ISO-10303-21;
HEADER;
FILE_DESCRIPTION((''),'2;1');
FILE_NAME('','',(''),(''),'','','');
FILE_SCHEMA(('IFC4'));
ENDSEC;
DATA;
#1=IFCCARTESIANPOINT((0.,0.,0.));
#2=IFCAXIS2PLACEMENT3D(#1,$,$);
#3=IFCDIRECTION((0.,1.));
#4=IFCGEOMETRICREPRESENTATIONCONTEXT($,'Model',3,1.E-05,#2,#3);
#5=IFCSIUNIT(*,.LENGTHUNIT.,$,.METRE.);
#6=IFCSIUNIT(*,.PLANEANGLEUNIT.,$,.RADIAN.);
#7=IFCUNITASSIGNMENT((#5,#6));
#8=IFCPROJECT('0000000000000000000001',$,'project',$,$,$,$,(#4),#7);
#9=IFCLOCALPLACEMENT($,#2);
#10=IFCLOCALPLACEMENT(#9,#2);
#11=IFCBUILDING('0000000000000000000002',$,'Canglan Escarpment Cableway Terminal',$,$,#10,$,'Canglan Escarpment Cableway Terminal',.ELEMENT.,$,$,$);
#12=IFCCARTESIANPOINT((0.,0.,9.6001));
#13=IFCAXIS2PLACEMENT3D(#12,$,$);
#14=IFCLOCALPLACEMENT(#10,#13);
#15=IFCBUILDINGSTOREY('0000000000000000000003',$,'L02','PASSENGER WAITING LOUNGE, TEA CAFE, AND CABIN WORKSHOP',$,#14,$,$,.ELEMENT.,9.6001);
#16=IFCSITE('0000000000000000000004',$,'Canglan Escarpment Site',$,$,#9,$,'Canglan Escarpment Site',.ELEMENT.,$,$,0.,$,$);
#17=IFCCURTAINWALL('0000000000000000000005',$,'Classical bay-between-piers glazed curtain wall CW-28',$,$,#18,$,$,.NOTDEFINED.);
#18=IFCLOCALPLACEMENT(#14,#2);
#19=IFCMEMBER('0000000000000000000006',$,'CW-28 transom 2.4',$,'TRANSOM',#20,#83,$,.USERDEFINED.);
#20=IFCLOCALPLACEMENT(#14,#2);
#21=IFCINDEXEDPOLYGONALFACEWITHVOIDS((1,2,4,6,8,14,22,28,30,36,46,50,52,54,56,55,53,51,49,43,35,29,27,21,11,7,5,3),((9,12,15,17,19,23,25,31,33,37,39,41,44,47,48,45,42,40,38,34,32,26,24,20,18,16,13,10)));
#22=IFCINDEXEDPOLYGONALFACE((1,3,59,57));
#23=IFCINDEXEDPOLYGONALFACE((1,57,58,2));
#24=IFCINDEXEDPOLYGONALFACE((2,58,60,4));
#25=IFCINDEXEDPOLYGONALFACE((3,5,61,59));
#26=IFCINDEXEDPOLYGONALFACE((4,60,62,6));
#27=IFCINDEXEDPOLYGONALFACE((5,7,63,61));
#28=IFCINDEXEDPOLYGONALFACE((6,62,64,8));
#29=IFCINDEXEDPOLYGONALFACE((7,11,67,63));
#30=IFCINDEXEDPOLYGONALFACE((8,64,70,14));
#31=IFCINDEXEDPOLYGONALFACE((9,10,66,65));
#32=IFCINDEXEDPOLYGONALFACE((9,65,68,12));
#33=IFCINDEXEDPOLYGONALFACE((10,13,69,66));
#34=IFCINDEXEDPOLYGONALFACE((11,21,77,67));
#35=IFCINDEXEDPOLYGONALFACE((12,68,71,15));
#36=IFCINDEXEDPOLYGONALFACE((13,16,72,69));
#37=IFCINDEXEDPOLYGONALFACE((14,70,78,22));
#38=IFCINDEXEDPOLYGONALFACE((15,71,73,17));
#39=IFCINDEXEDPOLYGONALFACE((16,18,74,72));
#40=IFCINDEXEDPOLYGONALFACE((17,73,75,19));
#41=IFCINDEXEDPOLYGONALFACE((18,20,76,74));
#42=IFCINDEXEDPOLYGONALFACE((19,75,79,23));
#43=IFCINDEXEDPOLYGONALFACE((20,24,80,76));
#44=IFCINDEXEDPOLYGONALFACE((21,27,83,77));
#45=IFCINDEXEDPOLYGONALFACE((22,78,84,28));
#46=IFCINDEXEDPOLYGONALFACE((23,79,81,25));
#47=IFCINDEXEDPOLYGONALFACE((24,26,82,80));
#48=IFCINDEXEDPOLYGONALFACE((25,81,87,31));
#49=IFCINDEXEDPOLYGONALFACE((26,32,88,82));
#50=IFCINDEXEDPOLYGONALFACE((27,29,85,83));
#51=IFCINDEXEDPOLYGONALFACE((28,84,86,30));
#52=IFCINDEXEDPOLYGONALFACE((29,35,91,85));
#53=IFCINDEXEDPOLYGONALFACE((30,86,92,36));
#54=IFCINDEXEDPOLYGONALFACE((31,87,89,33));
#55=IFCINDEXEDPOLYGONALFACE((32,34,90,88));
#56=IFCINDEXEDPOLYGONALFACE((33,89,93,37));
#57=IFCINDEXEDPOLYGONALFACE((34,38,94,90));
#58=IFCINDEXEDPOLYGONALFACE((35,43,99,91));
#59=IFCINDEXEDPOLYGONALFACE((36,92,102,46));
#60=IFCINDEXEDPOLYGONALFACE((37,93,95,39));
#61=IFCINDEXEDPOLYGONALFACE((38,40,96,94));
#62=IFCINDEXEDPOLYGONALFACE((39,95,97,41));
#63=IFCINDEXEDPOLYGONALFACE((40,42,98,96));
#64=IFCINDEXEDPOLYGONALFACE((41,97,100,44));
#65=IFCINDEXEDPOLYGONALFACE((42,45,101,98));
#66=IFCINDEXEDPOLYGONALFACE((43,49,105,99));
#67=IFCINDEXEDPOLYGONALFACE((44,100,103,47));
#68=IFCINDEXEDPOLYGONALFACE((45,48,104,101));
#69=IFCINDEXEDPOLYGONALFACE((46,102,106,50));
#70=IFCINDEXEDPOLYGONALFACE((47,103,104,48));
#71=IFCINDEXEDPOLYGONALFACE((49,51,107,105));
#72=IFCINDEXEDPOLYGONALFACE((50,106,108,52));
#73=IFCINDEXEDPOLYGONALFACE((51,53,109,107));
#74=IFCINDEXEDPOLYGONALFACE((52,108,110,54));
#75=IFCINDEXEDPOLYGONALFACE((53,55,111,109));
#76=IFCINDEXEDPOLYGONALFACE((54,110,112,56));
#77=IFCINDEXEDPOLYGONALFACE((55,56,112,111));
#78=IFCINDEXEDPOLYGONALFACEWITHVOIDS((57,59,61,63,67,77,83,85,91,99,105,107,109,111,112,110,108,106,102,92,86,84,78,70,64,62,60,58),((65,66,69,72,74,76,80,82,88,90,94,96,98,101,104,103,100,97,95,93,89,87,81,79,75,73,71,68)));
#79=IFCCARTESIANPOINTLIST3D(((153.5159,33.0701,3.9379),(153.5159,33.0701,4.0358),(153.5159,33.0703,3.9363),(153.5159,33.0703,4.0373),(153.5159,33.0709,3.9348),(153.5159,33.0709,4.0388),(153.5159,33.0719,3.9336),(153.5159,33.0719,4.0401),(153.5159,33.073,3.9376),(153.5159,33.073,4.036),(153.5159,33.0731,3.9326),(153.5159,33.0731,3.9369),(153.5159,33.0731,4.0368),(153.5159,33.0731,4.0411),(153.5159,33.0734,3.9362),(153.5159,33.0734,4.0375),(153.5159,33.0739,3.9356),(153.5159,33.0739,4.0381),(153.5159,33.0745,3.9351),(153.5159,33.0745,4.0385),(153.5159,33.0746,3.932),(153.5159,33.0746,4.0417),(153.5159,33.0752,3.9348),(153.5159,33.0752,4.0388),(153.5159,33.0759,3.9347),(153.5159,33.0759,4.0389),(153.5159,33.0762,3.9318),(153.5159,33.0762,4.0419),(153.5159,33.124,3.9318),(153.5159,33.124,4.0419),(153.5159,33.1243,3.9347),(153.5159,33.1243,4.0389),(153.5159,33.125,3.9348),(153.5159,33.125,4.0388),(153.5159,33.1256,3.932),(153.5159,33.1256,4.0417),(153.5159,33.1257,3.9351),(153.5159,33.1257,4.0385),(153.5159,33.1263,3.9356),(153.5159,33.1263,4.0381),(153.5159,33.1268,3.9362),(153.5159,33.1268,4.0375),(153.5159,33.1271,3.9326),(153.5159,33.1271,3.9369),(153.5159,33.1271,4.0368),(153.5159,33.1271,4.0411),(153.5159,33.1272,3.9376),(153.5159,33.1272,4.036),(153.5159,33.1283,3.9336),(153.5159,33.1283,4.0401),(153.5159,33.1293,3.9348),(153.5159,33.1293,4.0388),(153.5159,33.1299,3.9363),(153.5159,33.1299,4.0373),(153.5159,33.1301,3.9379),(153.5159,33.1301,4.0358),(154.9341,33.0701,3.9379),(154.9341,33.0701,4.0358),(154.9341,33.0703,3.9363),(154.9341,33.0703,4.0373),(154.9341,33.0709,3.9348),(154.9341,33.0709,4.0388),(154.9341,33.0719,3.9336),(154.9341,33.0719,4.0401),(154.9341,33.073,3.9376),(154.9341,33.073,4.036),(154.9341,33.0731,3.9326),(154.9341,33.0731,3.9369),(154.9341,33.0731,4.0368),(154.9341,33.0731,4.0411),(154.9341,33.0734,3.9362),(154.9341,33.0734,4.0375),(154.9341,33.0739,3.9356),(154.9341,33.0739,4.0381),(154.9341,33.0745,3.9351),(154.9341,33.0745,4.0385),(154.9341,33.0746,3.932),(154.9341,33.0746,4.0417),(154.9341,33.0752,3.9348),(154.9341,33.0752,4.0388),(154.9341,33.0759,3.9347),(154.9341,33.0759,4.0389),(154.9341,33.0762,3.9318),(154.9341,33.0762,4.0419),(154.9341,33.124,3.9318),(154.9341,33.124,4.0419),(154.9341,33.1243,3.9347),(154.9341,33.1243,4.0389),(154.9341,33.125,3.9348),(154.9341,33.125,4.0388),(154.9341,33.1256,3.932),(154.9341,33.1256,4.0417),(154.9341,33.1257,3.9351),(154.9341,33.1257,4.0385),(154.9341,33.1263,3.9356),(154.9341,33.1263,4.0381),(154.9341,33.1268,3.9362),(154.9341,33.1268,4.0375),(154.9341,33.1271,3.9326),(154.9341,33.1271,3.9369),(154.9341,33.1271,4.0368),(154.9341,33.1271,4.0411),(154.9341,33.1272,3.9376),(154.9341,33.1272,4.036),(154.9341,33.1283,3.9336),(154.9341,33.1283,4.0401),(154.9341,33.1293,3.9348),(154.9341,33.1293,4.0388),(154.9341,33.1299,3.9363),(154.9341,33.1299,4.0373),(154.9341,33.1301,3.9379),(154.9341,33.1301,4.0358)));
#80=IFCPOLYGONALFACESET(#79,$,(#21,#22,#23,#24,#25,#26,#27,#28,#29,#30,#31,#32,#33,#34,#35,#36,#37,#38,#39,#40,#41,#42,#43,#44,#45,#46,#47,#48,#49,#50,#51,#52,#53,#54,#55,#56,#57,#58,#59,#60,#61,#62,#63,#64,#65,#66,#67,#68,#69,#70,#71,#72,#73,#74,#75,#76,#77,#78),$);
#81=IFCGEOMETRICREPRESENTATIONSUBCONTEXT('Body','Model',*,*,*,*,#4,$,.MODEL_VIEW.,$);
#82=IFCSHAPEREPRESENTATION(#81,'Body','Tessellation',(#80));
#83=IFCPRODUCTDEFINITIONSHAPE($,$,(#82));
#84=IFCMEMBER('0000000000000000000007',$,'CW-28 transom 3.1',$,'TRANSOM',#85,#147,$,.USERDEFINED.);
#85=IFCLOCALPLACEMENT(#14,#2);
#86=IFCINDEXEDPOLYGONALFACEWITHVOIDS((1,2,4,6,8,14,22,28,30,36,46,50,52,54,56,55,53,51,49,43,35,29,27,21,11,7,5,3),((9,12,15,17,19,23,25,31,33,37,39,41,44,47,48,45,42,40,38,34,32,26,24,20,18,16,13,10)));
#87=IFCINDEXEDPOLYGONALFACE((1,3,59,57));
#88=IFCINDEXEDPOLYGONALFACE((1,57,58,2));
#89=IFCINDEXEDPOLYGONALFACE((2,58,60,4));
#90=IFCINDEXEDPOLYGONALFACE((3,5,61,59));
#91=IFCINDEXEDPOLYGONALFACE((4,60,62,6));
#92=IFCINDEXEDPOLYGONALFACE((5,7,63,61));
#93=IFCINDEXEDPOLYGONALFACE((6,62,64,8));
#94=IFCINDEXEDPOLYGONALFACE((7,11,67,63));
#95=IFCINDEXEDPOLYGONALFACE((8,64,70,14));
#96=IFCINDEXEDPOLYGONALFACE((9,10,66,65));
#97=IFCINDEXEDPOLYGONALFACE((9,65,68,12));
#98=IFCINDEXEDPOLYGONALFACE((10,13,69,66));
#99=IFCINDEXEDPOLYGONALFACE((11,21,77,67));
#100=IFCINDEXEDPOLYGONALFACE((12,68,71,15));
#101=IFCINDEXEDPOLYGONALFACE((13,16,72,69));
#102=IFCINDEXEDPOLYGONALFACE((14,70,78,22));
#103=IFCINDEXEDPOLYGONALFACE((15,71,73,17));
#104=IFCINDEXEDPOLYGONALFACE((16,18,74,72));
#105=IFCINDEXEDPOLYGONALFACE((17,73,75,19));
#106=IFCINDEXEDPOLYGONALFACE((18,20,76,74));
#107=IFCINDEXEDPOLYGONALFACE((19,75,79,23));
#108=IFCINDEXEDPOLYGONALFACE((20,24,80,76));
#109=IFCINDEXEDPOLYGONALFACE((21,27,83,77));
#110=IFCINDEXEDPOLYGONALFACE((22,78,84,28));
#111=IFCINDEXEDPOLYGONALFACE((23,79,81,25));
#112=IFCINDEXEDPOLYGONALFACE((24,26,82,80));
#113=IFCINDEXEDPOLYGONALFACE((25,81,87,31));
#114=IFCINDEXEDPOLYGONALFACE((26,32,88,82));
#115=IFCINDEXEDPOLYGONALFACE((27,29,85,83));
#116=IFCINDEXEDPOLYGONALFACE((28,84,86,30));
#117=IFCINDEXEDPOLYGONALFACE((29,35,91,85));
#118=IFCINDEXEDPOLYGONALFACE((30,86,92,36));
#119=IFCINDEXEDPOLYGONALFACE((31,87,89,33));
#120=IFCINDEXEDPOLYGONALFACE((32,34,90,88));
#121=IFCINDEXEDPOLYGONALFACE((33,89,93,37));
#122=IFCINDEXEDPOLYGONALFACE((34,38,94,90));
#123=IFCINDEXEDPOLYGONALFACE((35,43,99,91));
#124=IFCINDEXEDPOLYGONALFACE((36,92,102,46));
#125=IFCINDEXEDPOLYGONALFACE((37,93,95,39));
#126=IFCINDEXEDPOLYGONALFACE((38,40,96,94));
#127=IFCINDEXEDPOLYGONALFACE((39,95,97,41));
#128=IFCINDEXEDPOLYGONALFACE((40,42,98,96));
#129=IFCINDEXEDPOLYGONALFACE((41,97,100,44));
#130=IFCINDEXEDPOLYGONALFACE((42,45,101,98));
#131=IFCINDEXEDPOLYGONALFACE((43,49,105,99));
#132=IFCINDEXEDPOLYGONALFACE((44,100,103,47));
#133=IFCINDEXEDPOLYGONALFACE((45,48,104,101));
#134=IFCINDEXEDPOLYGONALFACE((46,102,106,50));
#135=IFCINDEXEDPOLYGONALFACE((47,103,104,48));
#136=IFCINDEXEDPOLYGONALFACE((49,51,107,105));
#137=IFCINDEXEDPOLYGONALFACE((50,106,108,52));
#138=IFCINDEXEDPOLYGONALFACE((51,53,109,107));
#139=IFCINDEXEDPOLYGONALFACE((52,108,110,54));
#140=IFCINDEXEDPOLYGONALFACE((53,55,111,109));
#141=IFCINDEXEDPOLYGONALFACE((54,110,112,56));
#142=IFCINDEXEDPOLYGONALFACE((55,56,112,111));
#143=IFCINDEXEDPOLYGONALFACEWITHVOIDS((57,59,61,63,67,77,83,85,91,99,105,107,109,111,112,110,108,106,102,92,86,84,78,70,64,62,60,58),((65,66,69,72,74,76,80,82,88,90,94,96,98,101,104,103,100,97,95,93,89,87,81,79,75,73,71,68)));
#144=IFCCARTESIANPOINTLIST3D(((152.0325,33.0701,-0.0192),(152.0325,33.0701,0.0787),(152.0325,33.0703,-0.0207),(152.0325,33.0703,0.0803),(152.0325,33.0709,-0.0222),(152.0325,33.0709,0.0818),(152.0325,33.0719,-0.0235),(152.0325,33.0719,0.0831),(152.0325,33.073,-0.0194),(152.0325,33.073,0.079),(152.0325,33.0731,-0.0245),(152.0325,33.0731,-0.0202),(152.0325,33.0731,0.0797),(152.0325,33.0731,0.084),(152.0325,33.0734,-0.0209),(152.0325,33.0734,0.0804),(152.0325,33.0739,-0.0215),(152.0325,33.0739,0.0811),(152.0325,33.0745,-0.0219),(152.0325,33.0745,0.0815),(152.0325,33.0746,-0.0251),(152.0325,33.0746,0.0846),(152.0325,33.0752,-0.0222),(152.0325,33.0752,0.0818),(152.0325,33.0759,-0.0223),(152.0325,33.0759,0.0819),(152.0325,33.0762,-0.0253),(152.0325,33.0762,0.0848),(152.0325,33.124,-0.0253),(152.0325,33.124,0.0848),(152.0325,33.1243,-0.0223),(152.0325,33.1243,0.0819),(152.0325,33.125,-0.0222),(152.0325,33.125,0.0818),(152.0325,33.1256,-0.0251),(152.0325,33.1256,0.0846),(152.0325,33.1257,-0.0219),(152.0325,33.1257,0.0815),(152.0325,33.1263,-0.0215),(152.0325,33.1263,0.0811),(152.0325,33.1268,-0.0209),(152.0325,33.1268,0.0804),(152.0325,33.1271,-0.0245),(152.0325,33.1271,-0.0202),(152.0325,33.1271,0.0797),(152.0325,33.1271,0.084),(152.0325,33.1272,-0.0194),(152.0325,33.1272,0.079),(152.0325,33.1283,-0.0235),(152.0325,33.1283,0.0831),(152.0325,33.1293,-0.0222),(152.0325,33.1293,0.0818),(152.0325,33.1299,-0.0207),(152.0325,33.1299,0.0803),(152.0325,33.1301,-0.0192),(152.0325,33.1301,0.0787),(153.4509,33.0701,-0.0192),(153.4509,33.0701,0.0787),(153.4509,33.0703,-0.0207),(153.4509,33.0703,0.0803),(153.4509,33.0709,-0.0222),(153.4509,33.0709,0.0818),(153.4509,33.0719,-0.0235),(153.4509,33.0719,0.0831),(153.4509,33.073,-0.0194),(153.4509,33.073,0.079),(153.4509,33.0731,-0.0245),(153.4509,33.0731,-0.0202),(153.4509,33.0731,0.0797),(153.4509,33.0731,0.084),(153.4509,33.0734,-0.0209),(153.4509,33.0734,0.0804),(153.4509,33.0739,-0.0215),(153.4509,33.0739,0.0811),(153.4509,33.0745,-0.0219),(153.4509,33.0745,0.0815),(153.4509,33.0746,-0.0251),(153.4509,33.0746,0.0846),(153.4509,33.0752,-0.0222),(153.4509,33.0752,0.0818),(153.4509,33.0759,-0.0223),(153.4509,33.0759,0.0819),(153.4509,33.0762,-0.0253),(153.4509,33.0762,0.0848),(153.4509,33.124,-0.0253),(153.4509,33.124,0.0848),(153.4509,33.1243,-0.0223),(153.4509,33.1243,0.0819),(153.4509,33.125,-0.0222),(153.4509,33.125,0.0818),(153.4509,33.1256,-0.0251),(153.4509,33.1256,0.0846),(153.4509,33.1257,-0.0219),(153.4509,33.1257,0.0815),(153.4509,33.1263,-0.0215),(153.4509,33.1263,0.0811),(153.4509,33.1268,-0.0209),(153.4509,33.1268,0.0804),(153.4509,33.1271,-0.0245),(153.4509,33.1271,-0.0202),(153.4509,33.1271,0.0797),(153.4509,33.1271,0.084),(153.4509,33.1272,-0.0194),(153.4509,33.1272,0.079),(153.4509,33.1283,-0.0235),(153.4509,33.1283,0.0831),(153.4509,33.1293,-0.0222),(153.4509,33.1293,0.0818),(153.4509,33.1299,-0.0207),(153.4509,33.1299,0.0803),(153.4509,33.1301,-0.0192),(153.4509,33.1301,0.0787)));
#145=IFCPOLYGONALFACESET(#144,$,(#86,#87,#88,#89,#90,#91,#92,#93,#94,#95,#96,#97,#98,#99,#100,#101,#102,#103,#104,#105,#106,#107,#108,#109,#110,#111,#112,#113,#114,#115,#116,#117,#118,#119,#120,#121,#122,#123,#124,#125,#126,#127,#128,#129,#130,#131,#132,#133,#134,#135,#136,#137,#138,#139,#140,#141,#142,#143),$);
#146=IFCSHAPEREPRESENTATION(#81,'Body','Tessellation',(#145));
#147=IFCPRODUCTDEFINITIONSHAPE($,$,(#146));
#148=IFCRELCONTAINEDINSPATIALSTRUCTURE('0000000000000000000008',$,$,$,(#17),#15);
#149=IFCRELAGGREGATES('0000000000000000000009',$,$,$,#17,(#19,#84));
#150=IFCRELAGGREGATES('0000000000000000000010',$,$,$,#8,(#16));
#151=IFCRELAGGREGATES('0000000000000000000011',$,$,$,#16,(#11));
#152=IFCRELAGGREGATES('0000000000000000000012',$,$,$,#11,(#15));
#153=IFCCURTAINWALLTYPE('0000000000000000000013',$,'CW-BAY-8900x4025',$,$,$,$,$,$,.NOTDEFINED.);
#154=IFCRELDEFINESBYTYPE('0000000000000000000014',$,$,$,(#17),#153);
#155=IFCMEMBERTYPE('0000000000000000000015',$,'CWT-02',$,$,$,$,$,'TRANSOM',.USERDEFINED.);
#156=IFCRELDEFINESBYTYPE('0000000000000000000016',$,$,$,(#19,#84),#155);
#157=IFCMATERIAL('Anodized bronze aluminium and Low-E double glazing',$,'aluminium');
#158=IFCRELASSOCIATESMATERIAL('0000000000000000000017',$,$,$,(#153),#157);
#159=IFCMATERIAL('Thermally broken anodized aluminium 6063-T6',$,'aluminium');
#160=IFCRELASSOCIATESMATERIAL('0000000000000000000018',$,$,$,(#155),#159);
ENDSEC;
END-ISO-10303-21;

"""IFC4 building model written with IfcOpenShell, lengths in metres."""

from ifc_helpers import new_model, si_unit, direction, frame, origin, origin_2d, place, context, subcontext, project, spatial, hollow_rectangle, extrude, material, material_profile, profile_set, type_object, element, aggregate, save


model = new_model("IFC4")

# Units and contexts
model_context = context("Model", 3, precision=1e-05, world=origin(), true_north=direction((0.0, 1.0)))
body_context = subcontext(model_context, "Body", "Model", "MODEL_VIEW")
ifc_project = project(units=[si_unit("LENGTHUNIT", "METRE"), si_unit("PLANEANGLEUNIT", "RADIAN")], contexts=[model_context])

# Site, building, storey
site_placement = place(None, origin())
site = spatial("IfcSite", under=ifc_project, at=site_placement, Name="Canglan Escarpment Site", LongName="Canglan Escarpment Site", CompositionType="ELEMENT", RefElevation=0.0)
building_placement = place(site_placement, origin())
building = spatial("IfcBuilding", under=site, at=building_placement, Name="Canglan Escarpment Cableway Terminal", LongName="Canglan Escarpment Cableway Terminal", CompositionType="ELEMENT")
storey_placement = place(building_placement, frame((0.0, 0.0, 9.6001)))
storey = spatial("IfcBuildingStorey", under=building, at=storey_placement, Name="L02", Description="PASSENGER WAITING LOUNGE, TEA CAFE, AND CABIN WORKSHOP", CompositionType="ELEMENT", Elevation=9.6001)

# Curtain wall
ifc_material_1 = material(Name="Anodized bronze aluminium and Low-E double glazing", Category="aluminium")
curtain_wall_type = type_object("IfcCurtainWallType", Name="CW-BAY-8900x4025", PredefinedType="NOTDEFINED", material=ifc_material_1)
curtain_wall_1_placement = place(storey_placement, origin())
curtain_wall_1 = element("IfcCurtainWall", 1, at=curtain_wall_1_placement, inside=storey, type_object=curtain_wall_type, Name="Classical bay-between-piers glazed curtain wall CW-28", PredefinedType="NOTDEFINED")
ifc_material_2 = material(Name="Thermally broken anodized aluminium 6063-T6", Category="aluminium")

# Members
ifc_material_profile_1 = material_profile(ifc_material_2, hollow_rectangle(XDim=0.0601, YDim=0.1101, WallThickness=0.0029, InnerFilletRadius=0.0029, OuterFilletRadius=0.0061, at=origin_2d()), Name="ALU-TRAN 60x110x3")
ifc_profile_set_1 = profile_set([ifc_material_profile_1], Name="Thermally broken anodized aluminium 6063-T6")
member_type_1 = type_object("IfcMemberType", Name="CWT-02", ElementType="TRANSOM", PredefinedType="USERDEFINED", material=ifc_profile_set_1)
member_1_placement = place(storey_placement, frame((154.9341, 33.1001, 3.9868), z_axis=(-1.0, 0.0, 0.0), x_axis=(0.0, -1.0, 0.0)))
member_1 = element("IfcMember", 2, at=member_1_placement, type_object=member_type_1, Name="CW-28 transom 2.4", ObjectType="TRANSOM", PredefinedType="USERDEFINED", context=body_context, shape_type="SweptSolid", body=[
    extrude(hollow_rectangle(XDim=0.0601, YDim=0.1101, WallThickness=0.0029, InnerFilletRadius=0.0029, OuterFilletRadius=0.0061, at=origin_2d()), origin(), (0.0, 0.0, 1.0), 1.4182),
])
member_2_placement = place(storey_placement, frame((153.4509, 33.1001, 0.0298), z_axis=(-1.0, 0.0, 0.0), x_axis=(0.0, -1.0, 0.0)))
member_2 = element("IfcMember", 3, at=member_2_placement, type_object=member_type_1, Name="CW-28 transom 3.1", ObjectType="TRANSOM", PredefinedType="USERDEFINED", context=body_context, shape_type="SweptSolid", body=[
    extrude(hollow_rectangle(XDim=0.0601, YDim=0.1101, WallThickness=0.0029, InnerFilletRadius=0.0029, OuterFilletRadius=0.0061, at=origin_2d()), origin(), (0.0, 0.0, 1.0), 1.4185),
])

aggregate(curtain_wall_1, [member_1, member_2])

save(model, "model.ifc")
